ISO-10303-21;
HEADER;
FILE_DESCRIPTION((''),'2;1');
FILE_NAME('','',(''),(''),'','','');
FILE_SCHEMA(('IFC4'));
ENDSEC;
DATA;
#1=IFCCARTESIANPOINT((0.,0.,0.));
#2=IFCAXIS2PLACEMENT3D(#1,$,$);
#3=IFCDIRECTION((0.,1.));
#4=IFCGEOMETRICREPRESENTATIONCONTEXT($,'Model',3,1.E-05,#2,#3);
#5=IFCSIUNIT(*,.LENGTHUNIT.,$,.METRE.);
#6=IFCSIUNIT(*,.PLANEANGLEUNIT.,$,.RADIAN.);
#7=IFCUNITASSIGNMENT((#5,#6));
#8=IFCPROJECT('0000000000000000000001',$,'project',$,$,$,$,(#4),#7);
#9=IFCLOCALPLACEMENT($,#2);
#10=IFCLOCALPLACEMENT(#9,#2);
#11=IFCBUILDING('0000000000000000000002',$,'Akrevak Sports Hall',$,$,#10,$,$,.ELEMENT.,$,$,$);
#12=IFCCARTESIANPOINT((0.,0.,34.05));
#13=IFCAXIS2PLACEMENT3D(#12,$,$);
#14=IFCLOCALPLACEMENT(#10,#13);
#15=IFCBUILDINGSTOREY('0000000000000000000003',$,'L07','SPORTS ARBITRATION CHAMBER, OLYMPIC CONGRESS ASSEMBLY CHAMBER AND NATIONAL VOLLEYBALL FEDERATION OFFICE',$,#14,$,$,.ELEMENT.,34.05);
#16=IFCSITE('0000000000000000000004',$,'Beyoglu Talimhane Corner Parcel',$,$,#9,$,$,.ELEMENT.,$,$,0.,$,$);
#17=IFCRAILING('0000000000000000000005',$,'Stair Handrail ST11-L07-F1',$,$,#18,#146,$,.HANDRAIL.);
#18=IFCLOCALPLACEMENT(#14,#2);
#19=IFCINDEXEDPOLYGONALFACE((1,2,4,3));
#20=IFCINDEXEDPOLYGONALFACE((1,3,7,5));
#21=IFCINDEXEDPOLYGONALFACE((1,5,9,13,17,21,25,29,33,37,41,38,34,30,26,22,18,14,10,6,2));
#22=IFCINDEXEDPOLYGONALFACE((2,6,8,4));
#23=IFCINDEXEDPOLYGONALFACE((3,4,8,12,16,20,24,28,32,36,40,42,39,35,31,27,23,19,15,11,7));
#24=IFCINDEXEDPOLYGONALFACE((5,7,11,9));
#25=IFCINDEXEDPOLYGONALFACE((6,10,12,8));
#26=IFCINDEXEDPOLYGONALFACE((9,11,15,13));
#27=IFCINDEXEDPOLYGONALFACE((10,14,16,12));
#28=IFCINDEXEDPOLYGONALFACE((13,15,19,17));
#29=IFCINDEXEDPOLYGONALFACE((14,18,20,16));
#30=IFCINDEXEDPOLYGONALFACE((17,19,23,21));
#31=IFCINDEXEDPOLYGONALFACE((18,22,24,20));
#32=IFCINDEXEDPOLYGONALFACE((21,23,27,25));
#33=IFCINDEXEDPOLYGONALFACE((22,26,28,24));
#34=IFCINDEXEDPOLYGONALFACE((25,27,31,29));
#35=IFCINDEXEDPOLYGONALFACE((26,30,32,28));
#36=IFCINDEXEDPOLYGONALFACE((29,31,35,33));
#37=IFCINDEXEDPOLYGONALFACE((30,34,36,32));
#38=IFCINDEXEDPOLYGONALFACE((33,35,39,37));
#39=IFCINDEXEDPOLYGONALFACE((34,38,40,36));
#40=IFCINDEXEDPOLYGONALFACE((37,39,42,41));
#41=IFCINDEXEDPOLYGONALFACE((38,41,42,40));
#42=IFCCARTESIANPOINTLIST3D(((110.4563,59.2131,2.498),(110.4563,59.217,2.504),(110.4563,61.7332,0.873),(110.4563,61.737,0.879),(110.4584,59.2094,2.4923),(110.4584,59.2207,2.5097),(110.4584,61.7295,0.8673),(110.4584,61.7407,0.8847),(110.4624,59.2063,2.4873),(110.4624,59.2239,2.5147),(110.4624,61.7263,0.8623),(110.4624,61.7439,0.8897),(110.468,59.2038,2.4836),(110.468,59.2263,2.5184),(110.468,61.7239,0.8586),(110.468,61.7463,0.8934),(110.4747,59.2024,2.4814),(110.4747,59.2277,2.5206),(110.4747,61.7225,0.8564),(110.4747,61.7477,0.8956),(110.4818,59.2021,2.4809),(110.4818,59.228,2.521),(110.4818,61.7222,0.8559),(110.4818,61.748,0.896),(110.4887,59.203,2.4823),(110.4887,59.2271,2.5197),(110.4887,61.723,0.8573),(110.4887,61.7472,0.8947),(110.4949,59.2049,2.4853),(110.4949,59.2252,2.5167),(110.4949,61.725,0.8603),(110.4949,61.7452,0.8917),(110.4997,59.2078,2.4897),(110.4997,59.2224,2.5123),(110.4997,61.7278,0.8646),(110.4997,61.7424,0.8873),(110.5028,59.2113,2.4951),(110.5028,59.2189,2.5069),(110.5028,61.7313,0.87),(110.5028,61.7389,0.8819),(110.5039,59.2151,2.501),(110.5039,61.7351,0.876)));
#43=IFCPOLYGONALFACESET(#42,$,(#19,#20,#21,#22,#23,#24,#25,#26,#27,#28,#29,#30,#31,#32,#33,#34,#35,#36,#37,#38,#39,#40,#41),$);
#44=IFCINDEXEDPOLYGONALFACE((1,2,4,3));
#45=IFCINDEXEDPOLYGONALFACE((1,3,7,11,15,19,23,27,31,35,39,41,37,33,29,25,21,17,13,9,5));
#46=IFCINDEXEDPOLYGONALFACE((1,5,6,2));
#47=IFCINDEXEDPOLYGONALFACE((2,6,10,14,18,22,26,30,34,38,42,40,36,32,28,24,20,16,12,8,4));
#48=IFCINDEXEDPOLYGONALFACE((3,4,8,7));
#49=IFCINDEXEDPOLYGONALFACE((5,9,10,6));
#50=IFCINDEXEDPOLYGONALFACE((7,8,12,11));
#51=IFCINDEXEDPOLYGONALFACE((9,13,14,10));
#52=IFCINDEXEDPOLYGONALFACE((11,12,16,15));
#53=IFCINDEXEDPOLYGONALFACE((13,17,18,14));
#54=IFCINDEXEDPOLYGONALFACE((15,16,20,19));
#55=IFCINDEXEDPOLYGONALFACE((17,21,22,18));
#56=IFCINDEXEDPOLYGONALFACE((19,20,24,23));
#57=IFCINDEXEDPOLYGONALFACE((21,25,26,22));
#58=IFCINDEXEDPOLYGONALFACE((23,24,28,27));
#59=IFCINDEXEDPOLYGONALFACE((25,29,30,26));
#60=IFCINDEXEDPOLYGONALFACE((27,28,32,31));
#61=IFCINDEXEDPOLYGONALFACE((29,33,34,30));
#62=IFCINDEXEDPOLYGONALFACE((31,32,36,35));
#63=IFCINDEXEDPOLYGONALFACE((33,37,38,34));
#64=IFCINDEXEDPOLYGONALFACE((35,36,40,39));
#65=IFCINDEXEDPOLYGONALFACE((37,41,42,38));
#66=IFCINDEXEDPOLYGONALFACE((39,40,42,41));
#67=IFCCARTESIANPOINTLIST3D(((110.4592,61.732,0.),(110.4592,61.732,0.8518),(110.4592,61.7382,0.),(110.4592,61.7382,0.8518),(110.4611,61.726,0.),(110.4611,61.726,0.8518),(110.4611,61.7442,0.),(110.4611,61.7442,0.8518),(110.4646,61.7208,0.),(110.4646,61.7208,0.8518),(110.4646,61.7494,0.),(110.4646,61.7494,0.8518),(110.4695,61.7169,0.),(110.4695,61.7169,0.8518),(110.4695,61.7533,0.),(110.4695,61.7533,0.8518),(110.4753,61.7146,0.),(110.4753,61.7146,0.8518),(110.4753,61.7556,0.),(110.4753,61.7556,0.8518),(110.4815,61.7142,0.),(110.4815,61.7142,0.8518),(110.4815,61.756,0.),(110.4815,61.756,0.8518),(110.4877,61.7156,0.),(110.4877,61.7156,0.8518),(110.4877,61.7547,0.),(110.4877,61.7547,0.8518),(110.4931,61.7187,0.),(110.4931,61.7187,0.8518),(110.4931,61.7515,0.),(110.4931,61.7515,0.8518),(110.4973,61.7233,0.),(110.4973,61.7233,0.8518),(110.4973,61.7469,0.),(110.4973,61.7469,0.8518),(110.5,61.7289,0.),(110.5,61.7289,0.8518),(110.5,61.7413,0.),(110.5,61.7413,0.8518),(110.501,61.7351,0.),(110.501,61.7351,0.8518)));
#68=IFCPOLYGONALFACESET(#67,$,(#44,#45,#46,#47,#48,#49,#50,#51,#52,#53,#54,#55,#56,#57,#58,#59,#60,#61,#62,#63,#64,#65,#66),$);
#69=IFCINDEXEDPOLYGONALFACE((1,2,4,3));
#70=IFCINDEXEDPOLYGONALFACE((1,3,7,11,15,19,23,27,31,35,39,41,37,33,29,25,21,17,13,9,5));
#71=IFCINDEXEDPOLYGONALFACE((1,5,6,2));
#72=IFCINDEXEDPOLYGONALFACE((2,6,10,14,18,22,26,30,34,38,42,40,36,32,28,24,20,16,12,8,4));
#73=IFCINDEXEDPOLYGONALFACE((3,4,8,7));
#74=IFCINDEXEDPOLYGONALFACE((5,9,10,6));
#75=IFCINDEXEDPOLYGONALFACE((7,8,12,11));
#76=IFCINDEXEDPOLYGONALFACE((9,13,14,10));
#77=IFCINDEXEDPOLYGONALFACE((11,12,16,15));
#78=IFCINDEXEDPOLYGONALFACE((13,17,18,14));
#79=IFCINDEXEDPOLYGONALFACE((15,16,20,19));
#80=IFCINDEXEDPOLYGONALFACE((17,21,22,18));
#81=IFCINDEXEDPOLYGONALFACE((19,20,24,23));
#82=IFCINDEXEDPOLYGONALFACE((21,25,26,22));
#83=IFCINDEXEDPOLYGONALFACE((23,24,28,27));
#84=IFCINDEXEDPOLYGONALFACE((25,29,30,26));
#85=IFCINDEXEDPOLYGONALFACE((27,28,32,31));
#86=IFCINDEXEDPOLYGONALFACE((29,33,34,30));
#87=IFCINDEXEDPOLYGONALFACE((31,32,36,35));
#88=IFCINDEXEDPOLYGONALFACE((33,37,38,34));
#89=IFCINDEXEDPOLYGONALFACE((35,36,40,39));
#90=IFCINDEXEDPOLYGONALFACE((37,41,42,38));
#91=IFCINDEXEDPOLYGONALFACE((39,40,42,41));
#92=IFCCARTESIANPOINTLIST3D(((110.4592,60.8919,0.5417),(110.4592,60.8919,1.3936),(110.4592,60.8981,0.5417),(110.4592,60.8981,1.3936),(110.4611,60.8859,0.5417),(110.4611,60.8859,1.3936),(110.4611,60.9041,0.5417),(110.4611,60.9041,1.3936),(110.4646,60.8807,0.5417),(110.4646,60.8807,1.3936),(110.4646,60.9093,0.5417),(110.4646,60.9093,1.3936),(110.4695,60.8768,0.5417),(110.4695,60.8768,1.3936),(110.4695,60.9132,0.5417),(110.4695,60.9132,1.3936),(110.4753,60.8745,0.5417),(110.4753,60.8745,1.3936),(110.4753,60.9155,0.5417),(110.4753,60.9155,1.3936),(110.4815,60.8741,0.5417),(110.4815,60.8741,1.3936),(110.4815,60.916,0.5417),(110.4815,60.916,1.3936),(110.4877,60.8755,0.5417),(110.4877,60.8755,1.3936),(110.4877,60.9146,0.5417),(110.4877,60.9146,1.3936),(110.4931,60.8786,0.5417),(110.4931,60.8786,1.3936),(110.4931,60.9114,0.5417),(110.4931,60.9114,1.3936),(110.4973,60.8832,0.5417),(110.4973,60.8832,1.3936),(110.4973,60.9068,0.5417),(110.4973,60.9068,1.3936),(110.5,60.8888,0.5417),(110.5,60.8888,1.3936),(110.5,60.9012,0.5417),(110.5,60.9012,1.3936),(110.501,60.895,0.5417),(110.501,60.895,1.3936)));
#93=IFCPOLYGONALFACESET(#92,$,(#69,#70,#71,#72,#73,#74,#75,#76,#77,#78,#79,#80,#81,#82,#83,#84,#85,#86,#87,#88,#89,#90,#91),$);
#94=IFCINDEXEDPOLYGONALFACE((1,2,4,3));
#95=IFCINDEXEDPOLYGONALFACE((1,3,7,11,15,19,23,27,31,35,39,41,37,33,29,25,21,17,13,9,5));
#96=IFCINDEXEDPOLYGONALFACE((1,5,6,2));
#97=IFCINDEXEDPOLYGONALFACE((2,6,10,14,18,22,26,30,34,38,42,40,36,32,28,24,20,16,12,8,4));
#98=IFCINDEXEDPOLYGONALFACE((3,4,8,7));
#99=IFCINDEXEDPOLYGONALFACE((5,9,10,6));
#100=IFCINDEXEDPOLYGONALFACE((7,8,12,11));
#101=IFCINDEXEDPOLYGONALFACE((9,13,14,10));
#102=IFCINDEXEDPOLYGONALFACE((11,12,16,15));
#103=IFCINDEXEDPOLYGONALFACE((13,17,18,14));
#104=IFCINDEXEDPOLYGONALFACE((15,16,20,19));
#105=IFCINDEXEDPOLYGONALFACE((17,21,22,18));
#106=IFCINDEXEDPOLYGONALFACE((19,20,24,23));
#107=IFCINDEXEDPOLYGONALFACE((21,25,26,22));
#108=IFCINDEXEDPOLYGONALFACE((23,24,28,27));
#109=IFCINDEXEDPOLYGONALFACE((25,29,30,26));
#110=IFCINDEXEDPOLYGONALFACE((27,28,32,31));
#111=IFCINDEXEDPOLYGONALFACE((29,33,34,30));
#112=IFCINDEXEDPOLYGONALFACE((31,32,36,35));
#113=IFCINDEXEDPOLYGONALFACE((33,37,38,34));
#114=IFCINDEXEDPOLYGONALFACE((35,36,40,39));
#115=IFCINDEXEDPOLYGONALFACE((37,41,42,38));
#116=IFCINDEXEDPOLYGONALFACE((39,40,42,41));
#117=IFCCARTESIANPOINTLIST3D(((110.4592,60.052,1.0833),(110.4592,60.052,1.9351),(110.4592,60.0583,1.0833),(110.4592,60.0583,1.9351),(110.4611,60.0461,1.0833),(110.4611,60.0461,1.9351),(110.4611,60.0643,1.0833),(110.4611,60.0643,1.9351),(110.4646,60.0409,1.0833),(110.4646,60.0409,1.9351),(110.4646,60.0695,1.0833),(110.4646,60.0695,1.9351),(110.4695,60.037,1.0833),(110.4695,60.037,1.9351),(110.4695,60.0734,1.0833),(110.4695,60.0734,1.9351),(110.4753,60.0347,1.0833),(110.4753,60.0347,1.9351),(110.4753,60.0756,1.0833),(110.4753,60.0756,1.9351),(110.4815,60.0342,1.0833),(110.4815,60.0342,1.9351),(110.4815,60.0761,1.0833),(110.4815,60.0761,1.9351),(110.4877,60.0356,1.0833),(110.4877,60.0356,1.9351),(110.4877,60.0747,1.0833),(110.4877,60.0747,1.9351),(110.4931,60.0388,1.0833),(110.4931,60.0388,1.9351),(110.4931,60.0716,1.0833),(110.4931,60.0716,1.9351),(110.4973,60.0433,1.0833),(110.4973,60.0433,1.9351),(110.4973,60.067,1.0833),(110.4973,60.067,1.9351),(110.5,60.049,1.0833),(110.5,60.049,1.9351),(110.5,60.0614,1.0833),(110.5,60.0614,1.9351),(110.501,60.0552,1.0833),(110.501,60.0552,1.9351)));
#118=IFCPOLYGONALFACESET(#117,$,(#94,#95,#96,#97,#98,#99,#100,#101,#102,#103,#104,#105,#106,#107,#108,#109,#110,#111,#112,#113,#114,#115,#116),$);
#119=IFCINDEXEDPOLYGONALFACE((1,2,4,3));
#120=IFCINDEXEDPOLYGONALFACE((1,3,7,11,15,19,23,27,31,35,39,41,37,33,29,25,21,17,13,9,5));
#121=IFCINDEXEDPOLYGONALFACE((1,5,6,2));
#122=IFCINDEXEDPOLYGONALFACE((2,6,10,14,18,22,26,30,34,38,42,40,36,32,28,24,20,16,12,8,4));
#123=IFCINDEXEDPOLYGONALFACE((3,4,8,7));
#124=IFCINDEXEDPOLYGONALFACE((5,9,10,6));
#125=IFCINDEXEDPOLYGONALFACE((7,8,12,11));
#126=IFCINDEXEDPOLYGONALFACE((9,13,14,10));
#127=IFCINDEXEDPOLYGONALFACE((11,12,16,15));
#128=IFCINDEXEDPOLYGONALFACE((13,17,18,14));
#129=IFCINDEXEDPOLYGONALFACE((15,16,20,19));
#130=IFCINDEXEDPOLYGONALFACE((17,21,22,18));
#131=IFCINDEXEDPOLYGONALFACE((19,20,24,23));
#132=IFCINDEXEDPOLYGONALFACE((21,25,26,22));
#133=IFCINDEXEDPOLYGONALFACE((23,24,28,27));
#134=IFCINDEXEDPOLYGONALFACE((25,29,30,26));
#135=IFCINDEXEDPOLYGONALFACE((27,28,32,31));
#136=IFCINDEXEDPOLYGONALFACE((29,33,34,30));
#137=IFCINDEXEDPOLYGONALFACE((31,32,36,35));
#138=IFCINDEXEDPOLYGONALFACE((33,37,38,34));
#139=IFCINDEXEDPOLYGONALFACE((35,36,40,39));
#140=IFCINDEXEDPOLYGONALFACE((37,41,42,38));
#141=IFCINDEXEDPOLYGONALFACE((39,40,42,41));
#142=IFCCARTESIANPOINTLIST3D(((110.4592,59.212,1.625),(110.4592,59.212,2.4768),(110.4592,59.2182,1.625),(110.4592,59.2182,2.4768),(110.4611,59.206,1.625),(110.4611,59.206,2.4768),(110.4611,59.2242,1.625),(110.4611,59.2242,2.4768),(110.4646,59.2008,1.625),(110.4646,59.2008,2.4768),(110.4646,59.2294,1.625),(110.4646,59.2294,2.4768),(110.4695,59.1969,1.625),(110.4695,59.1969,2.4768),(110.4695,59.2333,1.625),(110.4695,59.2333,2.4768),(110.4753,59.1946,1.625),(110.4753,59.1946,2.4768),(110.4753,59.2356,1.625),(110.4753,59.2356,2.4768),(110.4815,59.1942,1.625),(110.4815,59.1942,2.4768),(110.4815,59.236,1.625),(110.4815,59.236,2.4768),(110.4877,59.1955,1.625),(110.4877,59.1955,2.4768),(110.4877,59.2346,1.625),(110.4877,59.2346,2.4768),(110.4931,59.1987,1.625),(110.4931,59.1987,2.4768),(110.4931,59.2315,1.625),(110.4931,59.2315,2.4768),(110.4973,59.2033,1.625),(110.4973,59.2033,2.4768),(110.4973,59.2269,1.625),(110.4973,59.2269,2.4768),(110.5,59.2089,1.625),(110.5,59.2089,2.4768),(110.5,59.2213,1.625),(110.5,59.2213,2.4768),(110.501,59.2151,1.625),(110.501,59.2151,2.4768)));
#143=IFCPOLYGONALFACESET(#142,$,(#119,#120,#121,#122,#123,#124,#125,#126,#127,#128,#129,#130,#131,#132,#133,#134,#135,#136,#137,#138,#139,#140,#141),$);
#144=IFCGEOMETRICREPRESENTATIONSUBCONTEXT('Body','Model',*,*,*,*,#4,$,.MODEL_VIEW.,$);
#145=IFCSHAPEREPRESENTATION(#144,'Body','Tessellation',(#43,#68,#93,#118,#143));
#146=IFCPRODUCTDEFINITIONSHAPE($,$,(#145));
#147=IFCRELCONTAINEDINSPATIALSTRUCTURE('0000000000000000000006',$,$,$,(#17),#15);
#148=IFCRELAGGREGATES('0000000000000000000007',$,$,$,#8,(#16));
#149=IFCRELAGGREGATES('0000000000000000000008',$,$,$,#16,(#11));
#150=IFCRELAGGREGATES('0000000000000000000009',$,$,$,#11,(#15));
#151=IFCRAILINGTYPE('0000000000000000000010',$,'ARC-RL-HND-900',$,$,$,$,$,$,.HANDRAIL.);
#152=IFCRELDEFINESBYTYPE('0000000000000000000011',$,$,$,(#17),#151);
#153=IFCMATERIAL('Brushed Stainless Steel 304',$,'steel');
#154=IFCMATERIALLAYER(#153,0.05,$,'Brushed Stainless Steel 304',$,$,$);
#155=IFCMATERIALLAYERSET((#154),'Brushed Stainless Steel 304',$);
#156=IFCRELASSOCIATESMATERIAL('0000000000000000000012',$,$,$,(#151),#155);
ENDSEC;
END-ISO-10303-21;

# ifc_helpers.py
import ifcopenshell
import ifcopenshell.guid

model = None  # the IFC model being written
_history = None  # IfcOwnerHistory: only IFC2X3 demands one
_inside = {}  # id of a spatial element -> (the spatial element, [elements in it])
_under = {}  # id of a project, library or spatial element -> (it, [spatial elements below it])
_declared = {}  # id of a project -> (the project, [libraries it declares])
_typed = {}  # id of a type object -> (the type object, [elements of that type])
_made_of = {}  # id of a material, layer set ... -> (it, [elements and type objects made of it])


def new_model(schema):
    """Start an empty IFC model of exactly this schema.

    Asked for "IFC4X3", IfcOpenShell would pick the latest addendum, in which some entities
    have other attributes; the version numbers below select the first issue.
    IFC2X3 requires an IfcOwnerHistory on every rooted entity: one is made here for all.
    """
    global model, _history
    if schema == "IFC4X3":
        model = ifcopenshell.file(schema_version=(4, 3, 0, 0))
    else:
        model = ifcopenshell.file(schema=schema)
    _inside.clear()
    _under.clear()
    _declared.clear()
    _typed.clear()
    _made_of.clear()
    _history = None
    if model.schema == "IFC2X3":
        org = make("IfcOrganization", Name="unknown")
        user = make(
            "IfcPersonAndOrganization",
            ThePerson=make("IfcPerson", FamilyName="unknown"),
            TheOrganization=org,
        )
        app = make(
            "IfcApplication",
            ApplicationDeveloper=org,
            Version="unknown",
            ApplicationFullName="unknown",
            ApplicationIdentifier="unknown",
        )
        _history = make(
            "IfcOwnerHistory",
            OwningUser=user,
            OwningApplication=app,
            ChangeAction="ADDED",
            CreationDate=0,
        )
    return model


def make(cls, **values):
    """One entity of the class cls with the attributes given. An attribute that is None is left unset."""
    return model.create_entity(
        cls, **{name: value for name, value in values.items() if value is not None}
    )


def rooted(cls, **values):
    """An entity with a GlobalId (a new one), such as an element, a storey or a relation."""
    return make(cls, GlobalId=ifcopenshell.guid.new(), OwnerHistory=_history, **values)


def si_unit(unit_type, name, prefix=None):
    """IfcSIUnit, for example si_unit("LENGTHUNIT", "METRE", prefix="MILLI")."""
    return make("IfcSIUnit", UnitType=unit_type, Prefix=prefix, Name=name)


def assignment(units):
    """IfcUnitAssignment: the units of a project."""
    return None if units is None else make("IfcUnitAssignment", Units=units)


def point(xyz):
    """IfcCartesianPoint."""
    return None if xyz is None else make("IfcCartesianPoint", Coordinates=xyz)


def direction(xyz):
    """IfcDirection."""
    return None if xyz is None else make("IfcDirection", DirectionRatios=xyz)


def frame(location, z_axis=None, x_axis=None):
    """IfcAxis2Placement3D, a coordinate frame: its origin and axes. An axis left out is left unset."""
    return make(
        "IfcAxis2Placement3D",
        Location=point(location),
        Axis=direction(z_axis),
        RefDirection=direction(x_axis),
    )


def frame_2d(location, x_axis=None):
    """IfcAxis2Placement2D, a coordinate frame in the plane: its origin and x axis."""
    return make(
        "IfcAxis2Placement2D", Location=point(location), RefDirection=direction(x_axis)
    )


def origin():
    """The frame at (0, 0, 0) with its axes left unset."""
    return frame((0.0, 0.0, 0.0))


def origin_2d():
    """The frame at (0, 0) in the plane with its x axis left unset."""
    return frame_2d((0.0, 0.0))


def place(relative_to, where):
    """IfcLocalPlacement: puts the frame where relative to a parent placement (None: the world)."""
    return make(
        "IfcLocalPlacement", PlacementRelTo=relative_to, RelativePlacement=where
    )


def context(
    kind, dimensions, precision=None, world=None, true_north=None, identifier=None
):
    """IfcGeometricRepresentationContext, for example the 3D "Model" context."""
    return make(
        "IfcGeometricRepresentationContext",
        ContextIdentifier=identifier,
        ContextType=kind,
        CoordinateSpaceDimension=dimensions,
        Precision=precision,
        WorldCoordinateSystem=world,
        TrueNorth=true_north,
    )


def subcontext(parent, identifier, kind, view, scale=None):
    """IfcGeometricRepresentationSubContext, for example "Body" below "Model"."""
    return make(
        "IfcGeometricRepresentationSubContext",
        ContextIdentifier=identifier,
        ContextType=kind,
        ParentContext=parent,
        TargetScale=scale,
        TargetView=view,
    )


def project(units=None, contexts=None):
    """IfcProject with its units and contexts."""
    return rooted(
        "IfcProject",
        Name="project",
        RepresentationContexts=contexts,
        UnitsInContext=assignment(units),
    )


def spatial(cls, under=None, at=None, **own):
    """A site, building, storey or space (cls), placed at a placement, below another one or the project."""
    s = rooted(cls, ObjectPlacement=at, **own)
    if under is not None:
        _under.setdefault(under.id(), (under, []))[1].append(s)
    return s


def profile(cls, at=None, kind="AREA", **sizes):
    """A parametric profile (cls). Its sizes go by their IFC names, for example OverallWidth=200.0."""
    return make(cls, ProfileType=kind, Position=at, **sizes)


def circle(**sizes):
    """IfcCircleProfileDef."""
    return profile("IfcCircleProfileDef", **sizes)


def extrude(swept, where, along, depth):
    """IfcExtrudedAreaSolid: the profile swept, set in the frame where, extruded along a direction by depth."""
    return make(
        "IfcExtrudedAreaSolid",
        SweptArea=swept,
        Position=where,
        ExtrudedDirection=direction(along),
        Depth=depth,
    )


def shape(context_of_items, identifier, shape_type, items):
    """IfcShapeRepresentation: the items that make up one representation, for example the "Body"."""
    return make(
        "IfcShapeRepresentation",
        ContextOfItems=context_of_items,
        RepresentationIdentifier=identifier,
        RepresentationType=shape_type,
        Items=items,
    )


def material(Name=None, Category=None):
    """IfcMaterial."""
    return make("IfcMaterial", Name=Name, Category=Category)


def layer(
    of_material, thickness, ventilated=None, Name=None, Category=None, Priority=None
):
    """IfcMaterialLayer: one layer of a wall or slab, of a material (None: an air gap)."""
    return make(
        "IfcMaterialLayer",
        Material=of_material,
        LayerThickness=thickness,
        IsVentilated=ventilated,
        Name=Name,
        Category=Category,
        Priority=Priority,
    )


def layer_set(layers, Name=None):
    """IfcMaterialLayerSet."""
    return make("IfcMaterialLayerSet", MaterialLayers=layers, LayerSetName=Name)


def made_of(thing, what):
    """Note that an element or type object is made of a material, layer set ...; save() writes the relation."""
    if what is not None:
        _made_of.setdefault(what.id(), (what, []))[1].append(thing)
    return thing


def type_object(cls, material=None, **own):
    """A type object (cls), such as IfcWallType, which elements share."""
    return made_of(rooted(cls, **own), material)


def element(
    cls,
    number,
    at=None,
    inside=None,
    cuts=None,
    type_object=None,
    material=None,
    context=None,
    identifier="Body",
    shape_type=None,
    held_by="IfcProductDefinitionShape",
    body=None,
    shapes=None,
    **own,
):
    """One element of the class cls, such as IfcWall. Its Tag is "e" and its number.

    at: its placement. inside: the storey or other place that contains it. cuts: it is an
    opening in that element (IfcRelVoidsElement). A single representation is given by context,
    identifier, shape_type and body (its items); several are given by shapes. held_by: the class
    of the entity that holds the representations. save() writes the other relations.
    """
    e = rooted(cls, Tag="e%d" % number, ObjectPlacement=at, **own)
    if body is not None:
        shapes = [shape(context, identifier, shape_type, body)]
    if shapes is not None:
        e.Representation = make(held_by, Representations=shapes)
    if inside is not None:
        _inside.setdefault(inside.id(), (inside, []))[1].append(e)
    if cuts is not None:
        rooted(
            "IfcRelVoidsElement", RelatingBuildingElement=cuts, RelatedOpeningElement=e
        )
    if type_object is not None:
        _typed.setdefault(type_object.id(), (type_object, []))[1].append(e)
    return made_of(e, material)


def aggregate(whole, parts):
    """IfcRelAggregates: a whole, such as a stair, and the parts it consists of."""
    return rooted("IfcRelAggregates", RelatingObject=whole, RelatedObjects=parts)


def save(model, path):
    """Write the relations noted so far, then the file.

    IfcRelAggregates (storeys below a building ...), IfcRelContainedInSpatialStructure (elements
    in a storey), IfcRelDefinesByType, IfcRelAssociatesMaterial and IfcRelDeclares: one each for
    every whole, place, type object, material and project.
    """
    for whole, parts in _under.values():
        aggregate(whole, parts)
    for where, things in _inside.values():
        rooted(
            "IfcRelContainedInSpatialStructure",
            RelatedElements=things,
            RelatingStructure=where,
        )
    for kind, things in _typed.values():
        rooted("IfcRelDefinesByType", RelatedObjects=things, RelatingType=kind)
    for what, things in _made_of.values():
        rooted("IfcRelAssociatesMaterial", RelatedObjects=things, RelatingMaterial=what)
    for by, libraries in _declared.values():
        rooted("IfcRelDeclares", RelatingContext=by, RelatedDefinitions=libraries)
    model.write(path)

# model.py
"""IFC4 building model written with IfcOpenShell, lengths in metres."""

from ifc_helpers import new_model, si_unit, direction, frame, origin, origin_2d, place, context, subcontext, project, spatial, circle, extrude, material, layer, layer_set, type_object, element, save


model = new_model("IFC4")

# Units and contexts
model_context = context("Model", 3, precision=1e-05, world=origin(), true_north=direction((0.0, 1.0)))
body_context = subcontext(model_context, "Body", "Model", "MODEL_VIEW")
ifc_project = project(units=[si_unit("LENGTHUNIT", "METRE"), si_unit("PLANEANGLEUNIT", "RADIAN")], contexts=[model_context])

# Site, building, storey
site_placement = place(None, origin())
site = spatial("IfcSite", under=ifc_project, at=site_placement, Name="Beyoglu Talimhane Corner Parcel", CompositionType="ELEMENT", RefElevation=0.0)
building_placement = place(site_placement, origin())
building = spatial("IfcBuilding", under=site, at=building_placement, Name="Akrevak Sports Hall", CompositionType="ELEMENT")
storey_placement = place(building_placement, frame((0.0, 0.0, 34.05)))
storey = spatial("IfcBuildingStorey", under=building, at=storey_placement, Name="L07", Description="SPORTS ARBITRATION CHAMBER, OLYMPIC CONGRESS ASSEMBLY CHAMBER AND NATIONAL VOLLEYBALL FEDERATION OFFICE", CompositionType="ELEMENT", Elevation=34.05)

# Railing
ifc_material_1 = material(Name="Brushed Stainless Steel 304", Category="steel")
ifc_layer_1 = layer(ifc_material_1, 0.05, Name="Brushed Stainless Steel 304")
ifc_layer_set_1 = layer_set([ifc_layer_1], Name="Brushed Stainless Steel 304")
railing_type_1 = type_object("IfcRailingType", Name="ARC-RL-HND-900", PredefinedType="HANDRAIL", material=ifc_layer_set_1)
railing_1_placement = place(storey_placement, frame((110.48, 61.7351, 0.0)))
element("IfcRailing", 1, at=railing_1_placement, inside=storey, type_object=railing_type_1, Name="Stair Handrail ST11-L07-F1", PredefinedType="HANDRAIL", context=body_context, shape_type="SweptSolid", body=[
    extrude(circle(Radius=0.0239, at=origin_2d()), frame((0.0, 0.0, 0.876), z_axis=(0.0, -0.840421, 0.541934), x_axis=(1.0, 0.0, 0.0)), (0.0, 0.0, 1.0), 2.9985),
    extrude(circle(Radius=0.021, at=origin_2d()), origin(), (0.0, 0.0, 1.0), 0.8518),
    extrude(circle(Radius=0.021, at=origin_2d()), frame((0.0, -0.8401, 0.5417)), (0.0, 0.0, 1.0), 0.8518),
    extrude(circle(Radius=0.021, at=origin_2d()), frame((0.0, -1.6799, 1.0833)), (0.0, 0.0, 1.0), 0.8518),
    extrude(circle(Radius=0.021, at=origin_2d()), frame((0.0, -2.52, 1.625)), (0.0, 0.0, 1.0), 0.8518),
])

save(model, "model.ifc")
